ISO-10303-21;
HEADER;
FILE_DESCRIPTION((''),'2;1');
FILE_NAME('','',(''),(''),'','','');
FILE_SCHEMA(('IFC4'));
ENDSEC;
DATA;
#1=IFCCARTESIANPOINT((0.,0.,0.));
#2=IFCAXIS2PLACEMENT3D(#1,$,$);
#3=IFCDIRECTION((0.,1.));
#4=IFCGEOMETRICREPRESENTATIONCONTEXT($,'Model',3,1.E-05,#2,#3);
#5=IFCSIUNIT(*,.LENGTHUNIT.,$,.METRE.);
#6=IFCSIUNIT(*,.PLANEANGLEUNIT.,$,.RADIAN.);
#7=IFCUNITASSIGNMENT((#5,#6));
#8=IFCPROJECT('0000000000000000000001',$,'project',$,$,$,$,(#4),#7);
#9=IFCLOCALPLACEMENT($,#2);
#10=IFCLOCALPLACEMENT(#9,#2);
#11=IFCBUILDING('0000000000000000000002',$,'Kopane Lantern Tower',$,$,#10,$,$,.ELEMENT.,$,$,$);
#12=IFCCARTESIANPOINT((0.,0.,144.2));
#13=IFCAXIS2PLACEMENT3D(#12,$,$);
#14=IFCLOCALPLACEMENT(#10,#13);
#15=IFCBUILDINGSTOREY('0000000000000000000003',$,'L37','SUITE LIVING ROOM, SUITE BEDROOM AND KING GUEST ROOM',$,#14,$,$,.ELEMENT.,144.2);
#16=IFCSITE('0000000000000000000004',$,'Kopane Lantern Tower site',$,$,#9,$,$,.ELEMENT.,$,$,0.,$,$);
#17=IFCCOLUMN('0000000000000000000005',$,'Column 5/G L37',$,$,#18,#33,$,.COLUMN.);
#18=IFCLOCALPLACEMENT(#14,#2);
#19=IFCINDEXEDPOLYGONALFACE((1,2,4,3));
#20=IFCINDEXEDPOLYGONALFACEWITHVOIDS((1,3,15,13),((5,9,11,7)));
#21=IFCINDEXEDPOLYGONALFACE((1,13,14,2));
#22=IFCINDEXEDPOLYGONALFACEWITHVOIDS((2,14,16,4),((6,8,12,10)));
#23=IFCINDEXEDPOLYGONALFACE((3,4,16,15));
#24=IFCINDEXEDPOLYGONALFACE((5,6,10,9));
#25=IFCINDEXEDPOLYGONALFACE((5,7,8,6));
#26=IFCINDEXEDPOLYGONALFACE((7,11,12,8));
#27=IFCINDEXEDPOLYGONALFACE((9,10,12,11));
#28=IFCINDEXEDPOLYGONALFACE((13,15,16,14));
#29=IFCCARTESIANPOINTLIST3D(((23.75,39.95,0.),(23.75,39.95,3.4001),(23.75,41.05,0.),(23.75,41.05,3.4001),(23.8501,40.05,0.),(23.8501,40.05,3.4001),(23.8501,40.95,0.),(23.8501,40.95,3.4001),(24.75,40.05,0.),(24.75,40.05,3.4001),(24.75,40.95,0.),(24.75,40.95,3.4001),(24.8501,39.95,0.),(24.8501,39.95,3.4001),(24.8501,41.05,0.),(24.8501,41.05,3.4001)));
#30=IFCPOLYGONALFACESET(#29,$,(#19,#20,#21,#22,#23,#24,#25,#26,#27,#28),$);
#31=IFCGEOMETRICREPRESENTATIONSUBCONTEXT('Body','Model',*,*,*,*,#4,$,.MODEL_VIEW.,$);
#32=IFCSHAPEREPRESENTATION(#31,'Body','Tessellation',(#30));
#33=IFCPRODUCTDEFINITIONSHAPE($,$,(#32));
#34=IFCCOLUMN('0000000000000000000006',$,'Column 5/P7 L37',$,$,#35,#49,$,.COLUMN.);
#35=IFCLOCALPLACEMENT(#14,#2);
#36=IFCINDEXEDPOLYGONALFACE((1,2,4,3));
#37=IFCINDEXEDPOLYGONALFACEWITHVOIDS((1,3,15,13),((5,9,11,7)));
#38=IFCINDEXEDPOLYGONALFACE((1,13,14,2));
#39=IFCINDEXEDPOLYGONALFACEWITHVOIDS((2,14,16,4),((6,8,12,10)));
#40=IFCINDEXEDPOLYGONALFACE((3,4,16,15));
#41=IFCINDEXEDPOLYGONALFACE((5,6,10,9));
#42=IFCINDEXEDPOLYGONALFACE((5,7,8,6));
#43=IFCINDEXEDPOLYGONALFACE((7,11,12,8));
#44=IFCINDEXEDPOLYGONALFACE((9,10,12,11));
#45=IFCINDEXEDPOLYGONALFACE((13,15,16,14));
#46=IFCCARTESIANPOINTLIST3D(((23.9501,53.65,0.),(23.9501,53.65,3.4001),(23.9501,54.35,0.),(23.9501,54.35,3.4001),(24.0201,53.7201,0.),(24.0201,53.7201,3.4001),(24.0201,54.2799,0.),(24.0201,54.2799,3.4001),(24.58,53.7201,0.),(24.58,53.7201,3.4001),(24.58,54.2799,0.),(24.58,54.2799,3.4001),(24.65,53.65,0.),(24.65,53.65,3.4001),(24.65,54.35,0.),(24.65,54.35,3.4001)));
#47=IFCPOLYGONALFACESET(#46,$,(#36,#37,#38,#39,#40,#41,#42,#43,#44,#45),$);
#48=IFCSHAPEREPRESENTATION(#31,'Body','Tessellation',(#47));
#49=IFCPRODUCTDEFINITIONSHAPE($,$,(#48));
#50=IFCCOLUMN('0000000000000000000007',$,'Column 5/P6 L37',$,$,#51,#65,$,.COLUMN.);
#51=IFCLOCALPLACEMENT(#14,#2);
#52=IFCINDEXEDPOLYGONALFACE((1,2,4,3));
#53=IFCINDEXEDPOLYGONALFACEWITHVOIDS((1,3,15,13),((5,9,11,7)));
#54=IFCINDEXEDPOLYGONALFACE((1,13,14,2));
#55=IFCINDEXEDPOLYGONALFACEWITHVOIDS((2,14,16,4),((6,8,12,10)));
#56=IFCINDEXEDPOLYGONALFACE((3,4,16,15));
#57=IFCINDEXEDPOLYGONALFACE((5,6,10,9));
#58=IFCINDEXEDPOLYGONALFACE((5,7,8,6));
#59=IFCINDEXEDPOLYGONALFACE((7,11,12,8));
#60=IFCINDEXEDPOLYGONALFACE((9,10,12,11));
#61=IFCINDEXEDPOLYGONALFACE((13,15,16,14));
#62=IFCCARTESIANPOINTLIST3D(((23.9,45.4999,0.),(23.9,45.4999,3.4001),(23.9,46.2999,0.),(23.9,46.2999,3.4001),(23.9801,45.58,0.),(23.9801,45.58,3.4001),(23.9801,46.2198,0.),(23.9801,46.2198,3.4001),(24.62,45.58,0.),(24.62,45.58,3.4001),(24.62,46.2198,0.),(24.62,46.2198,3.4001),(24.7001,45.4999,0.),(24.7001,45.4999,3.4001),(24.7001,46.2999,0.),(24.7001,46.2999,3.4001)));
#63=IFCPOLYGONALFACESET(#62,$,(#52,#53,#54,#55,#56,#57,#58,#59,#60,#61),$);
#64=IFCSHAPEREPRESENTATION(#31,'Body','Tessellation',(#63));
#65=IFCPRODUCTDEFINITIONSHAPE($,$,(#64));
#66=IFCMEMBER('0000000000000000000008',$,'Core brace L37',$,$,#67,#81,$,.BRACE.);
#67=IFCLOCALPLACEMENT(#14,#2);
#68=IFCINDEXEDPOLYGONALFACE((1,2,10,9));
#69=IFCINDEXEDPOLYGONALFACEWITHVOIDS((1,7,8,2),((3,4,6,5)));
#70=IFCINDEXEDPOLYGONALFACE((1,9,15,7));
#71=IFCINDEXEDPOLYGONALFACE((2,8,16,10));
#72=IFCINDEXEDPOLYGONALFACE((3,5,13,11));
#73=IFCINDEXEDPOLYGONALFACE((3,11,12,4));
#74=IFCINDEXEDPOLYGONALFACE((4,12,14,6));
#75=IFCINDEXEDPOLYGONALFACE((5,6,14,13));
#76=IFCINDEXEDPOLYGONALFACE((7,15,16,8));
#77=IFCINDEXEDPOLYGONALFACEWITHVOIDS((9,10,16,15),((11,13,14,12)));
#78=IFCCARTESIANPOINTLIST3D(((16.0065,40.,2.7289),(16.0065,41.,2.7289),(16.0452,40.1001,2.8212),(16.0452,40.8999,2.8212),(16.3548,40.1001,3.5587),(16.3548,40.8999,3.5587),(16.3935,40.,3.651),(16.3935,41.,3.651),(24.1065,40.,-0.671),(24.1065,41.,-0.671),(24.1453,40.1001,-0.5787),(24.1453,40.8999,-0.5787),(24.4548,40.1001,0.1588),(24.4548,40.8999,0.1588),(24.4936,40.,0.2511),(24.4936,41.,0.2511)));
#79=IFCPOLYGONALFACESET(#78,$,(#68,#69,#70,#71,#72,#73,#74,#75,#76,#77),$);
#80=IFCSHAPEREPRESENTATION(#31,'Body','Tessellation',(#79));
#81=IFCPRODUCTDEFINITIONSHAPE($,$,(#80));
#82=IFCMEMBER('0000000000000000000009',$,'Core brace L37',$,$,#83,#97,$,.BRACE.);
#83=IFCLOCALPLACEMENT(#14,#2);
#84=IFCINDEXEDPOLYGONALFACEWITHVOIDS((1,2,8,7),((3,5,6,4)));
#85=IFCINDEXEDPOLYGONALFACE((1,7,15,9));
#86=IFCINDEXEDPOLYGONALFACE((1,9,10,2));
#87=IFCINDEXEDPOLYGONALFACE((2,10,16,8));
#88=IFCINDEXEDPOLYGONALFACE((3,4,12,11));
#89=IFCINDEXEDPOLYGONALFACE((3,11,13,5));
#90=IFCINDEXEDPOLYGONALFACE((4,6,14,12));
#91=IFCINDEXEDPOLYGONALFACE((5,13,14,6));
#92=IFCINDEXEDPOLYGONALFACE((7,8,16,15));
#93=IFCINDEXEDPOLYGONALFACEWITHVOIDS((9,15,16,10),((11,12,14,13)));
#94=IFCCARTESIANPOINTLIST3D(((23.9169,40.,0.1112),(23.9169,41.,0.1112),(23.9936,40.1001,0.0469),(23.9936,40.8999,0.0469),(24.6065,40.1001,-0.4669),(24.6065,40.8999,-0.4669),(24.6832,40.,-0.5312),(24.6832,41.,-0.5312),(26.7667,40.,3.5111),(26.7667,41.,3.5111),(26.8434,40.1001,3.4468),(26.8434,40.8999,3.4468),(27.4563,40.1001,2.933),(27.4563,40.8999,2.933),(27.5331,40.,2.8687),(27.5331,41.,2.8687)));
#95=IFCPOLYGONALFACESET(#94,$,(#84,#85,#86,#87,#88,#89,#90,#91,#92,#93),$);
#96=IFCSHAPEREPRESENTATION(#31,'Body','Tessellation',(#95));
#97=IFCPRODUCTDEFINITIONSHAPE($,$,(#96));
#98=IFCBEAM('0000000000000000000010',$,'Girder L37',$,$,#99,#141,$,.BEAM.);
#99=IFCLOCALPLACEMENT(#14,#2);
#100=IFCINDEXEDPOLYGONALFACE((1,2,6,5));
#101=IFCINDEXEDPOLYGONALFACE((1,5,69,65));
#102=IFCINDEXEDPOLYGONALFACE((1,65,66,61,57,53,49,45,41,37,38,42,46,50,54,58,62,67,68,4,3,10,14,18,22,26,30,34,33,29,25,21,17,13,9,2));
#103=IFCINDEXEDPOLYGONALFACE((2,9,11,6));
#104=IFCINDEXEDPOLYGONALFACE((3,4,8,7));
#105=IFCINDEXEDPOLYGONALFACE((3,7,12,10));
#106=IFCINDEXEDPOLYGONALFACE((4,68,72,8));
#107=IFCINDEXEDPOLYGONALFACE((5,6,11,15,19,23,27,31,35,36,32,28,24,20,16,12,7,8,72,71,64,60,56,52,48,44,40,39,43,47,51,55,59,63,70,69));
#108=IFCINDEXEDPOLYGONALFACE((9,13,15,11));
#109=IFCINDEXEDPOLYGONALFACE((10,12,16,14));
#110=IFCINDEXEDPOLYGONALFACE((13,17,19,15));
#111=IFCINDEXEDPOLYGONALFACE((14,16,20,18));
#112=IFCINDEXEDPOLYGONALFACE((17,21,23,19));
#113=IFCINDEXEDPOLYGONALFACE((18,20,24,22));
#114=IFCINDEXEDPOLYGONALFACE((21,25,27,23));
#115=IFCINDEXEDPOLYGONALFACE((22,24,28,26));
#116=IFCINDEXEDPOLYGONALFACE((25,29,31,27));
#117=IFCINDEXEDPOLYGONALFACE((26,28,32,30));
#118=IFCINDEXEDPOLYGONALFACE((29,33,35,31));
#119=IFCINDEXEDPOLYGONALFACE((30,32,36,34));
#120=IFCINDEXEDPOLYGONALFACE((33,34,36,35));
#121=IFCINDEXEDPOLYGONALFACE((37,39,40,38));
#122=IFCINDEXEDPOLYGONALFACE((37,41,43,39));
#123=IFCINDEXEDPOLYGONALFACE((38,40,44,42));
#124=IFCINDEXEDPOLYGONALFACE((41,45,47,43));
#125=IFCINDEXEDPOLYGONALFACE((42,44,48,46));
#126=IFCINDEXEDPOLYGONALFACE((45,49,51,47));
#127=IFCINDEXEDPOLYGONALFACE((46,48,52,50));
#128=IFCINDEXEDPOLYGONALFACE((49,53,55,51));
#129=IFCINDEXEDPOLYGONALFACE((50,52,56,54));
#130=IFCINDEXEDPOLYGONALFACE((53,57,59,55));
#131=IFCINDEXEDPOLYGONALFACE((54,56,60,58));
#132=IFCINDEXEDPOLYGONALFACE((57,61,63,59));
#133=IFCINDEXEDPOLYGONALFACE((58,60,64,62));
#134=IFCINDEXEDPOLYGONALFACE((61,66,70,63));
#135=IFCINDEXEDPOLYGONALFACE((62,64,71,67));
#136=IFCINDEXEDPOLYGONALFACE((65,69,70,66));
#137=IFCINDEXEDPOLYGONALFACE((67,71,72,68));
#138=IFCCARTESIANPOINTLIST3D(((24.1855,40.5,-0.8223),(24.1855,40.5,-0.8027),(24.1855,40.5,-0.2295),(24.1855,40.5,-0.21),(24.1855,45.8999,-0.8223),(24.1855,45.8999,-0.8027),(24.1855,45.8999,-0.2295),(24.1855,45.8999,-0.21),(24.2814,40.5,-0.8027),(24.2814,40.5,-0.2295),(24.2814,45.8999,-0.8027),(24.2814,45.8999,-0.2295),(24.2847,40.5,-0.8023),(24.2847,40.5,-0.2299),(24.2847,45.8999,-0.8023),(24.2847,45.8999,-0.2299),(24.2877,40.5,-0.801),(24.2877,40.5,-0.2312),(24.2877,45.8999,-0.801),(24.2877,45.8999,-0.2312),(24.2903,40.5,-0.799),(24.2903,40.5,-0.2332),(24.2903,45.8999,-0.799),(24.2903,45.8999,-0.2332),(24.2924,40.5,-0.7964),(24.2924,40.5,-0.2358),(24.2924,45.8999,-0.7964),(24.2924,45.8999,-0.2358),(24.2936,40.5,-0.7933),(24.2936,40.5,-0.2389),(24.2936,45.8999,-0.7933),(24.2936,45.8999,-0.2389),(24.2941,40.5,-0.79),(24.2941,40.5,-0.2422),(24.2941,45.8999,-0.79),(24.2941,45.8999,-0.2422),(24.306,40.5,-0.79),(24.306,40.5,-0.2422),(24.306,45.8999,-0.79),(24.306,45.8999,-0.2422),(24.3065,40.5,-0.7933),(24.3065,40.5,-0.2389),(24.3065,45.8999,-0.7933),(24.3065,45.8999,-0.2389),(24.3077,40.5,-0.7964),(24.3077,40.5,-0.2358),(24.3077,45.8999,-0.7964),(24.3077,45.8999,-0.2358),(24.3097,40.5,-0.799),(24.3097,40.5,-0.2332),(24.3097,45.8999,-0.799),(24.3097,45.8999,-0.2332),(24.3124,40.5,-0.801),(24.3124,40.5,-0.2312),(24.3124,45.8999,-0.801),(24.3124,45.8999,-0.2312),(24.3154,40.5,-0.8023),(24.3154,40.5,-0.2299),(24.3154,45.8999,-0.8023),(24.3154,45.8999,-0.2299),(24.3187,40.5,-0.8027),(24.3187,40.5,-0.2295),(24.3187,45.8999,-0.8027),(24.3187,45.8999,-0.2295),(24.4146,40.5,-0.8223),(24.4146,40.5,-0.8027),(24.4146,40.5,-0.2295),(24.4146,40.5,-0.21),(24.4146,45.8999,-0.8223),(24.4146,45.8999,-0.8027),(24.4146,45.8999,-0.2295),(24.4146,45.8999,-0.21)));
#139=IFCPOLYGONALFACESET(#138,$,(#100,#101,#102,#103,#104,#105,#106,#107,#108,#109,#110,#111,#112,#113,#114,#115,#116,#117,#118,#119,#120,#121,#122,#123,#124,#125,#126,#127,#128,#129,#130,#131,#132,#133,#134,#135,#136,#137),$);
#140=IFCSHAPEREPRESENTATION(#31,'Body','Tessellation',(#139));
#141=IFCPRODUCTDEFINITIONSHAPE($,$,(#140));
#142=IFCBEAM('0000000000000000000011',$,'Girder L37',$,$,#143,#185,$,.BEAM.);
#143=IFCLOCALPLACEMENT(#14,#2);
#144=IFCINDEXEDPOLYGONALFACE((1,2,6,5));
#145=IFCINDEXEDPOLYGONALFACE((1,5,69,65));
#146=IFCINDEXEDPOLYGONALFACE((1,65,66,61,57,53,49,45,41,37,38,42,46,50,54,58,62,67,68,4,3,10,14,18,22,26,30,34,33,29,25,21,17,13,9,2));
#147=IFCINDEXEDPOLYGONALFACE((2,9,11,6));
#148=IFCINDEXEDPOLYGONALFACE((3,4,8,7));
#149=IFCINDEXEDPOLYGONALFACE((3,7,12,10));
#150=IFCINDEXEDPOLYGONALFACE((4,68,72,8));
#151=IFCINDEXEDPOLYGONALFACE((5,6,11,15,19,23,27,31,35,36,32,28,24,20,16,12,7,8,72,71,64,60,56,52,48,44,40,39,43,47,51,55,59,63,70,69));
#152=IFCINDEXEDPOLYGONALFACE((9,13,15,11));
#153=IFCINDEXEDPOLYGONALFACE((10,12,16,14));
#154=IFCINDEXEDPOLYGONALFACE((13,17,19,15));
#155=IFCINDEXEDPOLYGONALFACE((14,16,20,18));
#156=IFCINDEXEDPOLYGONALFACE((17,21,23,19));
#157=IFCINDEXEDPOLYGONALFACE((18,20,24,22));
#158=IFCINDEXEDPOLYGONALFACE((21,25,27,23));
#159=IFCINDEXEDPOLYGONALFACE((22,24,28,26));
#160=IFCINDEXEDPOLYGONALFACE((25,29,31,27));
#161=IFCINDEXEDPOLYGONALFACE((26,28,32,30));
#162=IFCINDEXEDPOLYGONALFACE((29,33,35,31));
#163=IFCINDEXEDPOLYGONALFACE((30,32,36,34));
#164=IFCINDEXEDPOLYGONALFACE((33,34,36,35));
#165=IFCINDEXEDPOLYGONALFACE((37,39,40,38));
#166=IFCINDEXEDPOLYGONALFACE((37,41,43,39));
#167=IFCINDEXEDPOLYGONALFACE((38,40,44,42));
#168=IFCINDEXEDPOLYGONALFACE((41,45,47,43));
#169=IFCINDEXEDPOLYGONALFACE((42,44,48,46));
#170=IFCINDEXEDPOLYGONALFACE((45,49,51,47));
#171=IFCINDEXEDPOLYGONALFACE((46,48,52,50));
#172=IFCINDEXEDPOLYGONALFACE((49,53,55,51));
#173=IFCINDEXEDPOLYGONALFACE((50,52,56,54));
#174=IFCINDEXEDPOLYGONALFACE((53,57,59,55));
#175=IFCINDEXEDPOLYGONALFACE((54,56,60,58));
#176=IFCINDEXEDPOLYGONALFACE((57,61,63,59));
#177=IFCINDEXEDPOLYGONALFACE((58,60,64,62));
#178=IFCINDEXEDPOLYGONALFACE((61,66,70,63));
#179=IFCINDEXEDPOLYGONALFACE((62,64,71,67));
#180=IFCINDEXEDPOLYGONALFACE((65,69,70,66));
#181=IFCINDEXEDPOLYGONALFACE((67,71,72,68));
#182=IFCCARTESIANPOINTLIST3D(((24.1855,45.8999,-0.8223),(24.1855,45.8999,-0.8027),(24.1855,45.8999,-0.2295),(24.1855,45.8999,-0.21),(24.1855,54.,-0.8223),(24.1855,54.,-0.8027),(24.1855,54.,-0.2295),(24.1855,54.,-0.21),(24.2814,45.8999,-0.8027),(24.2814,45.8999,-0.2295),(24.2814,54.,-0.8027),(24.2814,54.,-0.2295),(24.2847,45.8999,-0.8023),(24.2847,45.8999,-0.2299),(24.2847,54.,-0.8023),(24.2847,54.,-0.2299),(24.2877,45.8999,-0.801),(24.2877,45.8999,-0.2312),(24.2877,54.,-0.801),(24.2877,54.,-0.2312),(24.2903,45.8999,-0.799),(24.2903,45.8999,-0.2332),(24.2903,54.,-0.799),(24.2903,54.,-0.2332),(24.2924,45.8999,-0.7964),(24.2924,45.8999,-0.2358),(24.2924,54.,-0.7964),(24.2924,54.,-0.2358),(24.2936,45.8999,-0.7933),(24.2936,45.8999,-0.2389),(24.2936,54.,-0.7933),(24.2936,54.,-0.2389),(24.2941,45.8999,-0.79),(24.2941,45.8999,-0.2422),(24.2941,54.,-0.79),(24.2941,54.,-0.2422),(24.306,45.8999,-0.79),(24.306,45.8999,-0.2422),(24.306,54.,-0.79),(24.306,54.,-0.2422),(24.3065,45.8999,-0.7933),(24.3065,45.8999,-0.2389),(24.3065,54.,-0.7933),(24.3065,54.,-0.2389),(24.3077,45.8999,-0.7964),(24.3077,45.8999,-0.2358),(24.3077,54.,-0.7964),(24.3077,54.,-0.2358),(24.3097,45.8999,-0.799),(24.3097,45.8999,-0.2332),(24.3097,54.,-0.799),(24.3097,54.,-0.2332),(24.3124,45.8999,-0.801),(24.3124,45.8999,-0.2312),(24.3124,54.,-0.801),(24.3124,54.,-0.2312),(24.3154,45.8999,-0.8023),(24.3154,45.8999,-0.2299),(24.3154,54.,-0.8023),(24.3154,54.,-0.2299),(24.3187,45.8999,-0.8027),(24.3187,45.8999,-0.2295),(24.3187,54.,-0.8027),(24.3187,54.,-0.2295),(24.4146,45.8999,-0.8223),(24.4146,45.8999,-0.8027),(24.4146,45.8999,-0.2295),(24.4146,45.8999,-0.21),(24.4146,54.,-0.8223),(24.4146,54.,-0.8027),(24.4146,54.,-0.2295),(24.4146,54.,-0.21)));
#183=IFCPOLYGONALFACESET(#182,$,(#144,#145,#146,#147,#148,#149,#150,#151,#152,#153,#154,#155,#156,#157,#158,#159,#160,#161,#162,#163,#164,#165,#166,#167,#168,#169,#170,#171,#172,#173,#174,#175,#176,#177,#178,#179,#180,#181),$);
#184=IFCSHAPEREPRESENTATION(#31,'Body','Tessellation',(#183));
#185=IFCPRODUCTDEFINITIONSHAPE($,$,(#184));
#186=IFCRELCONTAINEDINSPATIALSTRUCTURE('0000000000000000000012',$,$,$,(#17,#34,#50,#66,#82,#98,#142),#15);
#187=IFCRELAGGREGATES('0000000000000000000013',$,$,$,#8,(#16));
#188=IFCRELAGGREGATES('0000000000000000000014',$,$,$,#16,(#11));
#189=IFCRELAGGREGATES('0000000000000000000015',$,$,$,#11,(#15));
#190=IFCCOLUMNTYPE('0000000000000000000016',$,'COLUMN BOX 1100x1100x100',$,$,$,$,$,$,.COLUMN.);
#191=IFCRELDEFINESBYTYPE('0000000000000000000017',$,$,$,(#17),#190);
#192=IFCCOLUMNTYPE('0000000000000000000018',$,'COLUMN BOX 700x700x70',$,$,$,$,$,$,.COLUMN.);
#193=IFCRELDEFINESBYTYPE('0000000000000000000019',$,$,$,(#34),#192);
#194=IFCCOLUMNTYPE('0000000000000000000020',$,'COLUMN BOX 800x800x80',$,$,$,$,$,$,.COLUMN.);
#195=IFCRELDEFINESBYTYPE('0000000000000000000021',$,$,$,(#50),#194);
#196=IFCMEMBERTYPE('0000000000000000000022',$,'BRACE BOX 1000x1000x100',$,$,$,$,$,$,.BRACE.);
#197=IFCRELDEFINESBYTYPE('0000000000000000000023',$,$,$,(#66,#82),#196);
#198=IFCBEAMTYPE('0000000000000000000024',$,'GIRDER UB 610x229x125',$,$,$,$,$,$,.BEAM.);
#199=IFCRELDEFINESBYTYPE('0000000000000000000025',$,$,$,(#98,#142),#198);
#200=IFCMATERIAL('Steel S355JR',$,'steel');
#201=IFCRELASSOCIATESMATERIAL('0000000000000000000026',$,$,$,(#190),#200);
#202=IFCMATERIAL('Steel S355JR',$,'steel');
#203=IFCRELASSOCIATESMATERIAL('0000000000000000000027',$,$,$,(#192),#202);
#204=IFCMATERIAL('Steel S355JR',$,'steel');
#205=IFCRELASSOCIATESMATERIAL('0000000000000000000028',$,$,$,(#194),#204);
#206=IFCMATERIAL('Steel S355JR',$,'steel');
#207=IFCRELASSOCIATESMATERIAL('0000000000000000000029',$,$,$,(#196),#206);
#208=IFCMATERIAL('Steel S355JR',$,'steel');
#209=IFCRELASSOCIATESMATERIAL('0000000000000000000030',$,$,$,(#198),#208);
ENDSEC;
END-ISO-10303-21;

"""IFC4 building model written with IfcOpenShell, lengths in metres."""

from ifc_helpers import new_model, si_unit, direction, frame, origin, origin_2d, place, context, subcontext, project, spatial, hollow_rectangle, i_section, extrude, material, material_profile, profile_set, type_object, element, save


model = new_model("IFC4")

# Units and contexts
model_context = context("Model", 3, precision=1e-05, world=origin(), true_north=direction((0.0, 1.0)))
body_context = subcontext(model_context, "Body", "Model", "MODEL_VIEW")
ifc_project = project(units=[si_unit("LENGTHUNIT", "METRE"), si_unit("PLANEANGLEUNIT", "RADIAN")], contexts=[model_context])

# Site, building, storey
site_placement = place(None, origin())
site = spatial("IfcSite", under=ifc_project, at=site_placement, Name="Kopane Lantern Tower site", CompositionType="ELEMENT", RefElevation=0.0)
building_placement = place(site_placement, origin())
building = spatial("IfcBuilding", under=site, at=building_placement, Name="Kopane Lantern Tower", CompositionType="ELEMENT")
storey_placement = place(building_placement, frame((0.0, 0.0, 144.2)))
storey = spatial("IfcBuildingStorey", under=building, at=storey_placement, Name="L37", Description="SUITE LIVING ROOM, SUITE BEDROOM AND KING GUEST ROOM", CompositionType="ELEMENT", Elevation=144.2)

# Columns
ifc_material_1 = material(Name="Steel S355JR", Category="steel")
ifc_material_profile_1 = material_profile(ifc_material_1, hollow_rectangle(XDim=1.1001, YDim=1.1001, WallThickness=0.1001, at=origin_2d()), Name="BOX 1100x1100x100")
ifc_profile_set_1 = profile_set([ifc_material_profile_1], Name="Steel S355JR")
column_type_1 = type_object("IfcColumnType", Name="COLUMN BOX 1100x1100x100", PredefinedType="COLUMN", material=ifc_profile_set_1)
column_1_placement = place(storey_placement, frame((24.3, 40.5, 0.0), z_axis=(0.0, 0.0, 1.0), x_axis=(1.0, 0.0, 0.0)))
element("IfcColumn", 1, at=column_1_placement, inside=storey, type_object=column_type_1, Name="Column 5/G L37", PredefinedType="COLUMN", context=body_context, shape_type="SweptSolid", body=[
    extrude(hollow_rectangle(XDim=1.1001, YDim=1.1001, WallThickness=0.1001, at=origin_2d()), origin(), (0.0, 0.0, 1.0), 3.4001),
])
ifc_material_2 = material(Name="Steel S355JR", Category="steel")
ifc_material_profile_2 = material_profile(ifc_material_2, hollow_rectangle(XDim=0.7, YDim=0.7, WallThickness=0.0701, at=origin_2d()), Name="BOX 700x700x70")
ifc_profile_set_2 = profile_set([ifc_material_profile_2], Name="Steel S355JR")
column_type_2 = type_object("IfcColumnType", Name="COLUMN BOX 700x700x70", PredefinedType="COLUMN", material=ifc_profile_set_2)
column_2_placement = place(storey_placement, frame((24.3, 54.0, 0.0), z_axis=(0.0, 0.0, 1.0), x_axis=(1.0, 0.0, 0.0)))
element("IfcColumn", 2, at=column_2_placement, inside=storey, type_object=column_type_2, Name="Column 5/P7 L37", PredefinedType="COLUMN", context=body_context, shape_type="SweptSolid", body=[
    extrude(hollow_rectangle(XDim=0.7, YDim=0.7, WallThickness=0.0701, at=origin_2d()), origin(), (0.0, 0.0, 1.0), 3.4001),
])
ifc_material_3 = material(Name="Steel S355JR", Category="steel")
ifc_material_profile_3 = material_profile(ifc_material_3, hollow_rectangle(XDim=0.8, YDim=0.8, WallThickness=0.0801, at=origin_2d()), Name="BOX 800x800x80")
ifc_profile_set_3 = profile_set([ifc_material_profile_3], Name="Steel S355JR")
column_type_3 = type_object("IfcColumnType", Name="COLUMN BOX 800x800x80", PredefinedType="COLUMN", material=ifc_profile_set_3)
column_3_placement = place(storey_placement, frame((24.3, 45.8999, 0.0), z_axis=(0.0, 0.0, 1.0), x_axis=(1.0, 0.0, 0.0)))
element("IfcColumn", 3, at=column_3_placement, inside=storey, type_object=column_type_3, Name="Column 5/P6 L37", PredefinedType="COLUMN", context=body_context, shape_type="SweptSolid", body=[
    extrude(hollow_rectangle(XDim=0.8, YDim=0.8, WallThickness=0.0801, at=origin_2d()), origin(), (0.0, 0.0, 1.0), 3.4001),
])

# Members
ifc_material_4 = material(Name="Steel S355JR", Category="steel")
ifc_material_profile_4 = material_profile(ifc_material_4, hollow_rectangle(XDim=1.0, YDim=1.0, WallThickness=0.1001, at=origin_2d()), Name="BOX 1000x1000x100")
ifc_profile_set_4 = profile_set([ifc_material_profile_4], Name="Steel S355JR")
member_type = type_object("IfcMemberType", Name="BRACE BOX 1000x1000x100", PredefinedType="BRACE", material=ifc_profile_set_4)
member_1_placement = place(storey_placement, frame((24.3, 40.5, -0.21), z_axis=(-0.922069, 0.0, 0.387026), x_axis=(0.0, -1.0, 0.0)))
element("IfcMember", 4, at=member_1_placement, inside=storey, type_object=member_type, Name="Core brace L37", PredefinedType="BRACE", context=body_context, shape_type="SweptSolid", body=[
    extrude(hollow_rectangle(XDim=1.0, YDim=1.0, WallThickness=0.1001, at=origin_2d()), origin(), (0.0, 0.0, 1.0), 8.7847),
])
member_2_placement = place(storey_placement, frame((24.3, 40.5, -0.21), z_axis=(0.64239, 0.0, 0.766378), x_axis=(0.0, 1.0, 0.0)))
element("IfcMember", 5, at=member_2_placement, inside=storey, type_object=member_type, Name="Core brace L37", PredefinedType="BRACE", context=body_context, shape_type="SweptSolid", body=[
    extrude(hollow_rectangle(XDim=1.0, YDim=1.0, WallThickness=0.1001, at=origin_2d()), origin(), (0.0, 0.0, 1.0), 4.4363),
])

# Beams
ifc_material_5 = material(Name="Steel S355JR", Category="steel")
ifc_material_profile_5 = material_profile(ifc_material_5, i_section(OverallWidth=0.229, OverallDepth=0.6123, WebThickness=0.012, FlangeThickness=0.0195, FilletRadius=0.0127, at=origin_2d()), Name="UB 610x229x125")
ifc_profile_set_5 = profile_set([ifc_material_profile_5], Name="Steel S355JR")
beam_type_1 = type_object("IfcBeamType", Name="GIRDER UB 610x229x125", PredefinedType="BEAM", material=ifc_profile_set_5)
beam_1_placement = place(storey_placement, frame((24.3, 40.5, -0.5161), z_axis=(0.0, 1.0, 0.0), x_axis=(-1.0, 0.0, 0.0)))
element("IfcBeam", 6, at=beam_1_placement, inside=storey, type_object=beam_type_1, Name="Girder L37", PredefinedType="BEAM", context=body_context, shape_type="SweptSolid", body=[
    extrude(i_section(OverallWidth=0.229, OverallDepth=0.6123, WebThickness=0.012, FlangeThickness=0.0195, FilletRadius=0.0127, at=origin_2d()), origin(), (0.0, 0.0, 1.0), 5.3999),
])
beam_2_placement = place(storey_placement, frame((24.3, 45.8999, -0.5161), z_axis=(0.0, 1.0, 0.0), x_axis=(-1.0, 0.0, 0.0)))
element("IfcBeam", 7, at=beam_2_placement, inside=storey, type_object=beam_type_1, Name="Girder L37", PredefinedType="BEAM", context=body_context, shape_type="SweptSolid", body=[
    extrude(i_section(OverallWidth=0.229, OverallDepth=0.6123, WebThickness=0.012, FlangeThickness=0.0195, FilletRadius=0.0127, at=origin_2d()), origin(), (0.0, 0.0, 1.0), 8.1001),
])

save(model, "model.ifc")
